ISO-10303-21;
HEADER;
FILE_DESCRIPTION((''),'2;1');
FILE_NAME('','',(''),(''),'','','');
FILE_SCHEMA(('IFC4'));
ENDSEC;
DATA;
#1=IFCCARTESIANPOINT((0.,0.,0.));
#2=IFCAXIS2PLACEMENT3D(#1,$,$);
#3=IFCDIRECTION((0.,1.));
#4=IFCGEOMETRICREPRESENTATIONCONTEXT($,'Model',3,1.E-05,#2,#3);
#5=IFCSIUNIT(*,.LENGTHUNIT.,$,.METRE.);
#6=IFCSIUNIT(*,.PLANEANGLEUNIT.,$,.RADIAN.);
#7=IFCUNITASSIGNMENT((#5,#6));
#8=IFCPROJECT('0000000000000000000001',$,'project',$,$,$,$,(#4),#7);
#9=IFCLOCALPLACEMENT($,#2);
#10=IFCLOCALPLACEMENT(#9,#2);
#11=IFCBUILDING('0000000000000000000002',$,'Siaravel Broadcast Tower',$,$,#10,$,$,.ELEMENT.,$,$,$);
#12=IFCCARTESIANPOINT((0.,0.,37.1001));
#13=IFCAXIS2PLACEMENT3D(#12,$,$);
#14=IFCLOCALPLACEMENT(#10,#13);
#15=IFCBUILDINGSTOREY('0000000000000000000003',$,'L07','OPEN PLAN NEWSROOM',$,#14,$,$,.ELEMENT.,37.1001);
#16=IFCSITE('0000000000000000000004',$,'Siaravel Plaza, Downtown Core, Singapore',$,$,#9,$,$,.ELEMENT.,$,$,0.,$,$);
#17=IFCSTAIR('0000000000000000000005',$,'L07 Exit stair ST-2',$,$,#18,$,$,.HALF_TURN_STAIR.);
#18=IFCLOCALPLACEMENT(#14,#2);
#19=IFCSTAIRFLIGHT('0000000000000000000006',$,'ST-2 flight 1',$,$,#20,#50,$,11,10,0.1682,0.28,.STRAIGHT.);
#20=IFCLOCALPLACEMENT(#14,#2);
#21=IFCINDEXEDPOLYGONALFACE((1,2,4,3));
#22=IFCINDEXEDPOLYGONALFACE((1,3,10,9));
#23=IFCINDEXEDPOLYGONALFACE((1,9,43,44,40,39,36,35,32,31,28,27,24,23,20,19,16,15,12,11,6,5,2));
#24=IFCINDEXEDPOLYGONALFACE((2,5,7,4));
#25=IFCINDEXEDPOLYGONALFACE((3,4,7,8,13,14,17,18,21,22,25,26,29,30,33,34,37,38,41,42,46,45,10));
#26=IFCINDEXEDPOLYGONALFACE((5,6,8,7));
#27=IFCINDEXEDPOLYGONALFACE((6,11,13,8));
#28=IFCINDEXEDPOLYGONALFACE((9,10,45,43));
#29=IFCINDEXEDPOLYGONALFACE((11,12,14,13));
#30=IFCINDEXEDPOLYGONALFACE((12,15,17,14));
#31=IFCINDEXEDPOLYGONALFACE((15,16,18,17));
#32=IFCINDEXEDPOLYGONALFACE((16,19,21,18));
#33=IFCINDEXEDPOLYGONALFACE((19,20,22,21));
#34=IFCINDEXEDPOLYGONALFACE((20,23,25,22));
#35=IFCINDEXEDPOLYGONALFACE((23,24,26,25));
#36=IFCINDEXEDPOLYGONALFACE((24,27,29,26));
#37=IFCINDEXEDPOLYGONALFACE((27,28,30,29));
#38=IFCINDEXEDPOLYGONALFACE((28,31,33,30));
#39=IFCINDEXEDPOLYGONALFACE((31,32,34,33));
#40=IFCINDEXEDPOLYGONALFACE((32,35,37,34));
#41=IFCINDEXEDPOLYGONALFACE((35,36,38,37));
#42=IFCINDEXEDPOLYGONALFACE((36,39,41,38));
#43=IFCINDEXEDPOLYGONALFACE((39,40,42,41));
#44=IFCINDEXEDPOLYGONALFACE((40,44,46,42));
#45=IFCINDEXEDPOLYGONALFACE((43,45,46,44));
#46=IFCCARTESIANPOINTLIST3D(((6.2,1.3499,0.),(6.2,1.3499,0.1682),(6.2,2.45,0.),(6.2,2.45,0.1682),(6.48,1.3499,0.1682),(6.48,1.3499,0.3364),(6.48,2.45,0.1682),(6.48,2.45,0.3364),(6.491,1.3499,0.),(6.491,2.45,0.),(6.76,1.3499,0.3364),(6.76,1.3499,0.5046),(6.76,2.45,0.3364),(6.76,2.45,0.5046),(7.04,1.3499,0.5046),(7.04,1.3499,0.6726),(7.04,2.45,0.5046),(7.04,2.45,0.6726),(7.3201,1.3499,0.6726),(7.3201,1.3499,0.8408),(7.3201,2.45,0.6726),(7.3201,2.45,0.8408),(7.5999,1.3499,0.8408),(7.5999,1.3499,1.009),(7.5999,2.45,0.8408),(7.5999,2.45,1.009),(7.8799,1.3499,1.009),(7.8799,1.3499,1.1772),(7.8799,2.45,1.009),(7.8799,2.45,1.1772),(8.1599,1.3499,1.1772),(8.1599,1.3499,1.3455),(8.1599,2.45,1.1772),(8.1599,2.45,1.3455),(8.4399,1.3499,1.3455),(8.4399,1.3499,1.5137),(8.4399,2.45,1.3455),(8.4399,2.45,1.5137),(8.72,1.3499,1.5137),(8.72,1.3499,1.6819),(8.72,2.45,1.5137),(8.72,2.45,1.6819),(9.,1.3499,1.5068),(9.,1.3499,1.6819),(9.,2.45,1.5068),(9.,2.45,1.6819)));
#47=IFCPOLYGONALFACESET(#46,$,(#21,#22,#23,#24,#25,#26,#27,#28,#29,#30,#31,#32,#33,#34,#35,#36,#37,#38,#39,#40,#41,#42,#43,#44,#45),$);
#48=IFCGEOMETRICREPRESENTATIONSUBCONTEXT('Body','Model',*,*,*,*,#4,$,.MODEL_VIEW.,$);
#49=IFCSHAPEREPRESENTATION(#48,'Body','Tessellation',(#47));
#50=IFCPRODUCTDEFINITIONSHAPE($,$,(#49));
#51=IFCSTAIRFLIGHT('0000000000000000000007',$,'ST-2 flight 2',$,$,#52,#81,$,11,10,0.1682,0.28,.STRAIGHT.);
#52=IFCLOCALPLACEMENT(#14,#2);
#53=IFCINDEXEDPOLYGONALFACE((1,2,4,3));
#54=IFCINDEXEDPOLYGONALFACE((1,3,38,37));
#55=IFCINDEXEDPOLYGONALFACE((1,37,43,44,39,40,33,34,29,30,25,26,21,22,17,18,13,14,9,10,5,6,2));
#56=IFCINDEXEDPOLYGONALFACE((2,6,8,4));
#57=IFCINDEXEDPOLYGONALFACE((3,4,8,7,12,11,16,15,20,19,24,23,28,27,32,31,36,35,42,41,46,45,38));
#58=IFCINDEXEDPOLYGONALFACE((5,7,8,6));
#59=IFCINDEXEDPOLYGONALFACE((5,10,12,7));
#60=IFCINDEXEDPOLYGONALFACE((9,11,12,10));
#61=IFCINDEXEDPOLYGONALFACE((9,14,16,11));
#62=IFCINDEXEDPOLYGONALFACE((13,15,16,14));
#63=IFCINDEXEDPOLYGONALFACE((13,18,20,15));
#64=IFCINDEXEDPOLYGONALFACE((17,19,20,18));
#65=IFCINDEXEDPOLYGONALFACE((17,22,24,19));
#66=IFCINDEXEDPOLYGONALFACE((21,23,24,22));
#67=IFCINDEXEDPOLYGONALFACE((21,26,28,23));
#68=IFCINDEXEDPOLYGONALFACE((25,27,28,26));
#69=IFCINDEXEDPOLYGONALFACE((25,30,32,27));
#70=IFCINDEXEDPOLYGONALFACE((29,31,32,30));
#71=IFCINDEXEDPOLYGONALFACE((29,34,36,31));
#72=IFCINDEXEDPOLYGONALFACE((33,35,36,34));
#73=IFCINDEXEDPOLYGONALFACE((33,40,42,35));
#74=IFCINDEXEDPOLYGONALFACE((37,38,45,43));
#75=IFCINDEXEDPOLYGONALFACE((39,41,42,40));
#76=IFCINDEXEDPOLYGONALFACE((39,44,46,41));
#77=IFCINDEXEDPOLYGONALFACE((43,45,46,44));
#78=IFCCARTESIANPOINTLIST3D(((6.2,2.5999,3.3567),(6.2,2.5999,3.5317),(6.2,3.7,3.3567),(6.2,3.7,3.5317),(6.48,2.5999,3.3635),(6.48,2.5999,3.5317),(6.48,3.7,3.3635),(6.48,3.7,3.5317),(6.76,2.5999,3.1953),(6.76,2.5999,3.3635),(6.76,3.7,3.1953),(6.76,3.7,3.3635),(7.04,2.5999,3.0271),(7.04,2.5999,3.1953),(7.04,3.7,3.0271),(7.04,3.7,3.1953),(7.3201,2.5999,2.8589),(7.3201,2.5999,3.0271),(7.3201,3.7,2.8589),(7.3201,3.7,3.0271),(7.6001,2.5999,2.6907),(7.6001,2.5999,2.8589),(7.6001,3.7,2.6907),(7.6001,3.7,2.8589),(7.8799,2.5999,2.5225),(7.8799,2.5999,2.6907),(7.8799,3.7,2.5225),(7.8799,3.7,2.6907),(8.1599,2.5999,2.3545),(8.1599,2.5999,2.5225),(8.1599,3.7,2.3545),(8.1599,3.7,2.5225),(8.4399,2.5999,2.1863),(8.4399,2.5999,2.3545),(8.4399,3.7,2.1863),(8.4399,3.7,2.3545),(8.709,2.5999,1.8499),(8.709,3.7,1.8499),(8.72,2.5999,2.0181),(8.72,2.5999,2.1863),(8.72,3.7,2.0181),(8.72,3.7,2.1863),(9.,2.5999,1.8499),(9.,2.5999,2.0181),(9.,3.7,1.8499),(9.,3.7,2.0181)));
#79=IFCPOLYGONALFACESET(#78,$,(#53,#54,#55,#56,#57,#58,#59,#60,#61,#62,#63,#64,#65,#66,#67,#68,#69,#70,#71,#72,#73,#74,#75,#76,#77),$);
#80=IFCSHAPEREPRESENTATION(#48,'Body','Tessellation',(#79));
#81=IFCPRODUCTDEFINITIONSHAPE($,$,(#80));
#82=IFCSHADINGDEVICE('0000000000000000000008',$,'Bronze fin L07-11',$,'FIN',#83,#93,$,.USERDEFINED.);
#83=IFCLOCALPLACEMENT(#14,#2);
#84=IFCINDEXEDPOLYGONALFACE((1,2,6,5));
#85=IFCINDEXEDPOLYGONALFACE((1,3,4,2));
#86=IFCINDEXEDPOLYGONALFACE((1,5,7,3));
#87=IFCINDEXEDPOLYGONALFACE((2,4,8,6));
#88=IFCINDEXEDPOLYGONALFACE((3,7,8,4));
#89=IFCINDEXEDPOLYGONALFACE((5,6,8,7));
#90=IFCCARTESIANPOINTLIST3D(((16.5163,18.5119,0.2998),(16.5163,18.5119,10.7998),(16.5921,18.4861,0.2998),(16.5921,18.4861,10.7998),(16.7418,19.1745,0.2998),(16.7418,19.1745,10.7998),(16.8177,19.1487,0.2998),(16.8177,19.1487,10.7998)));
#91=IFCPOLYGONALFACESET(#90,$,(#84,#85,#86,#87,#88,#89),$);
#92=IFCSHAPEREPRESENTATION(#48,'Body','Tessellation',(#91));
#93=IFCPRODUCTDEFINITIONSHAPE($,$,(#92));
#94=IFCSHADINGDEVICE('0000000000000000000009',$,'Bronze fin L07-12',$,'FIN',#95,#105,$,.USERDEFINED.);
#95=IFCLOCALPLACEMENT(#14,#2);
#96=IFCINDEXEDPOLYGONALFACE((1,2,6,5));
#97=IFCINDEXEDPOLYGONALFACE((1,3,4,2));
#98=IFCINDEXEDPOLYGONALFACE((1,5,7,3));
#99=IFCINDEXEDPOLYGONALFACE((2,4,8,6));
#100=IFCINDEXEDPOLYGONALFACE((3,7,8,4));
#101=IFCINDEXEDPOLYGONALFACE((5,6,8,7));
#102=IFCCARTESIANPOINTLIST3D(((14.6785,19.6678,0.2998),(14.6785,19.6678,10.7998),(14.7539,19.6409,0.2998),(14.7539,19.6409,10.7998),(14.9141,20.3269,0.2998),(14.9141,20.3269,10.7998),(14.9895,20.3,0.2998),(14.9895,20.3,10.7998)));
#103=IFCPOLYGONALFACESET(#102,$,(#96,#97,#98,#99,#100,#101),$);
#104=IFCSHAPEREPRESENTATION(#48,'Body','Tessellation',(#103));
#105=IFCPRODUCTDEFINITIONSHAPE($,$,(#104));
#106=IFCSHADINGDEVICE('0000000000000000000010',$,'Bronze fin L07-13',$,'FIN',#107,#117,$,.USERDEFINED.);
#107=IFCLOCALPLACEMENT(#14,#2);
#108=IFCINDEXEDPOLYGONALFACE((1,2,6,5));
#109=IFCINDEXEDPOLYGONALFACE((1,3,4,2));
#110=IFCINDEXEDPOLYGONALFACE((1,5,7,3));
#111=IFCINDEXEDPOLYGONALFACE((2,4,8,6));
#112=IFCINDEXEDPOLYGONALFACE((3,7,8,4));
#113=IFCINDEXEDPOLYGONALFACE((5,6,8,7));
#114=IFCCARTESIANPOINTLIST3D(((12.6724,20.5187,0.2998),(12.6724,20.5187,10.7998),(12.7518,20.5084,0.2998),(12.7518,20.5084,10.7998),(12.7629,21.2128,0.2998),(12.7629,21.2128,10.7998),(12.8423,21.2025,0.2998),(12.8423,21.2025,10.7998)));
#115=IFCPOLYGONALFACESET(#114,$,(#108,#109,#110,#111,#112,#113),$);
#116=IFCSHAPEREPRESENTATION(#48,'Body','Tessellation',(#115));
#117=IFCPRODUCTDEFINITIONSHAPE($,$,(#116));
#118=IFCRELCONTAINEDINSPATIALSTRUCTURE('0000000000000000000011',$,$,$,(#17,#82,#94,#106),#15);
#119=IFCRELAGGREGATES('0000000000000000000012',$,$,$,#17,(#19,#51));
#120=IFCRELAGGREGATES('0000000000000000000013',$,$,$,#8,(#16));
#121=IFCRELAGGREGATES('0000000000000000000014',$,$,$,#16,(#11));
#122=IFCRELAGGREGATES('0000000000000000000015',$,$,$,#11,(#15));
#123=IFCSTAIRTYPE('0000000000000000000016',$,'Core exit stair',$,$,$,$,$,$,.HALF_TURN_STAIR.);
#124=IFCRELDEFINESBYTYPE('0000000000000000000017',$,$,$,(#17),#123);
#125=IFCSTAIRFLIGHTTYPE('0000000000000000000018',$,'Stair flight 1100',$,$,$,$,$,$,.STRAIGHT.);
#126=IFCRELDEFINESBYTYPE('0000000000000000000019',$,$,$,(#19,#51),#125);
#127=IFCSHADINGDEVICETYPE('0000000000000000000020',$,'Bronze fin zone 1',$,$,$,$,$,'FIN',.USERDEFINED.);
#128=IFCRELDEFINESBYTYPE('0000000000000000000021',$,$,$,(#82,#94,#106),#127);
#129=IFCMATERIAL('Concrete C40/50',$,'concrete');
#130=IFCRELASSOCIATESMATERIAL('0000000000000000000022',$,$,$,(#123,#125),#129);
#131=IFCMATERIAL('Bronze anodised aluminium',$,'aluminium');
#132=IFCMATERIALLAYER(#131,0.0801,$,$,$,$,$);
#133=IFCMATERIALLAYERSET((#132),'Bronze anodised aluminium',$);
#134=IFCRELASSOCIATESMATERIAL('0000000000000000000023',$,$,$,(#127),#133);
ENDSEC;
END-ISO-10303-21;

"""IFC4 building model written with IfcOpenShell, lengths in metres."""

from ifc_helpers import new_model, si_unit, direction, frame, origin, origin_2d, place, context, subcontext, project, spatial, polyline, rectangle, outline, extrude, material, layer, layer_set, type_object, element, aggregate, save


model = new_model("IFC4")

# Units and contexts
model_context = context("Model", 3, precision=1e-05, world=origin(), true_north=direction((0.0, 1.0)))
body_context = subcontext(model_context, "Body", "Model", "MODEL_VIEW")
ifc_project = project(units=[si_unit("LENGTHUNIT", "METRE"), si_unit("PLANEANGLEUNIT", "RADIAN")], contexts=[model_context])

# Site, building, storey
site_placement = place(None, origin())
site = spatial("IfcSite", under=ifc_project, at=site_placement, Name="Siaravel Plaza, Downtown Core, Singapore", CompositionType="ELEMENT", RefElevation=0.0)
building_placement = place(site_placement, origin())
building = spatial("IfcBuilding", under=site, at=building_placement, Name="Siaravel Broadcast Tower", CompositionType="ELEMENT")
storey_placement = place(building_placement, frame((0.0, 0.0, 37.1001)))
storey = spatial("IfcBuildingStorey", under=building, at=storey_placement, Name="L07", Description="OPEN PLAN NEWSROOM", CompositionType="ELEMENT", Elevation=37.1001)

# Stair, stair flights
ifc_material_1 = material(Name="Concrete C40/50", Category="concrete")
stair_type = type_object("IfcStairType", Name="Core exit stair", PredefinedType="HALF_TURN_STAIR", material=ifc_material_1)
stair_placement = place(storey_placement, origin())
stair = element("IfcStair", 1, at=stair_placement, inside=storey, type_object=stair_type, Name="L07 Exit stair ST-2", PredefinedType="HALF_TURN_STAIR")
stair_flight_type = type_object("IfcStairFlightType", Name="Stair flight 1100", PredefinedType="STRAIGHT", material=ifc_material_1)
stair_flight_1_placement = place(storey_placement, frame((6.2, 1.8999, 0.0), z_axis=(0.0, 0.0, 1.0), x_axis=(1.0, 0.0, 0.0)))
stair_flight_1 = element("IfcStairFlight", 2, at=stair_flight_1_placement, type_object=stair_flight_type, Name="ST-2 flight 1", NumberOfRisers=11, NumberOfTreads=10, PredefinedType="STRAIGHT", RiserHeight=0.1682, TreadLength=0.28, context=body_context, shape_type="SweptSolid", body=[
    extrude(outline(polyline([(0.0, 0.0), (0.0, 0.1682), (0.28, 0.1682), (0.28, 0.3364), (0.5601, 0.3364), (0.5601, 0.5046), (0.8401, 0.5046), (0.8401, 0.6726), (1.1201, 0.6726), (1.1201, 0.8408), (1.3999, 0.8408), (1.3999, 1.009), (1.6799, 1.009), (1.6799, 1.1772), (1.96, 1.1772), (1.96, 1.3455), (2.24, 1.3455), (2.24, 1.5137), (2.52, 1.5137), (2.52, 1.6819), (2.8, 1.6819), (2.8, 1.8501), (2.8, 1.5068), (0.291, 0.0), (0.0, 0.0)])), frame((0.0, 0.55, 0.0), z_axis=(0.0, -1.0, 0.0), x_axis=(1.0, 0.0, 0.0)), (0.0, 0.0, 1.0), 1.1001),
])
stair_flight_2_placement = place(storey_placement, frame((9.0, 3.1499, 1.8499), z_axis=(0.0, 0.0, 1.0), x_axis=(-1.0, 0.0, 0.0)))
stair_flight_2 = element("IfcStairFlight", 3, at=stair_flight_2_placement, type_object=stair_flight_type, Name="ST-2 flight 2", NumberOfRisers=11, NumberOfTreads=10, PredefinedType="STRAIGHT", RiserHeight=0.1682, TreadLength=0.28, context=body_context, shape_type="SweptSolid", body=[
    extrude(outline(polyline([(0.0, 0.0), (0.0, 0.1682), (0.28, 0.1682), (0.28, 0.3364), (0.5601, 0.3364), (0.5601, 0.5046), (0.8401, 0.5046), (0.8401, 0.6726), (1.1201, 0.6726), (1.1201, 0.8408), (1.3999, 0.8408), (1.3999, 1.009), (1.6799, 1.009), (1.6799, 1.1772), (1.96, 1.1772), (1.96, 1.3455), (2.24, 1.3455), (2.24, 1.5137), (2.52, 1.5137), (2.52, 1.6819), (2.8, 1.6819), (2.8, 1.8501), (2.8, 1.5068), (0.291, 0.0), (0.0, 0.0)])), frame((0.0, 0.55, 0.0), z_axis=(0.0, -1.0, 0.0), x_axis=(1.0, 0.0, 0.0)), (0.0, 0.0, 1.0), 1.1001),
])
aggregate(stair, [stair_flight_1, stair_flight_2])

# Shading devices
ifc_material_2 = material(Name="Bronze anodised aluminium", Category="aluminium")
ifc_layer_1 = layer(ifc_material_2, 0.0801)
ifc_layer_set_1 = layer_set([ifc_layer_1], Name="Bronze anodised aluminium")
shading_device_type = type_object("IfcShadingDeviceType", Name="Bronze fin zone 1", ElementType="FIN", PredefinedType="USERDEFINED", material=ifc_layer_set_1)
for number, where, z_axis, x_axis, name in (
    (4, (16.667, 18.8303, 0.2998), (0.0, 0.0, 1.0), (0.322176, 0.94668, 0.0), "Bronze fin L07-11"),
    (5, (14.834, 19.9839, 0.2998), (0.0, 0.0, 1.0), (0.336571, 0.941658, 0.0), "Bronze fin L07-12"),
    (6, (12.7573, 20.8606, 0.2998), (0.0, 0.0, 1.0), (0.129261, 0.991611, 0.0), "Bronze fin L07-13"),
):
    element("IfcShadingDevice", number, at=place(storey_placement, frame(where, z_axis=z_axis, x_axis=x_axis)), inside=storey, type_object=shading_device_type, Name=name, ObjectType="FIN", PredefinedType="USERDEFINED", context=body_context, shape_type="SweptSolid", body=[
        extrude(rectangle(XDim=0.7, YDim=0.0801, at=origin_2d()), origin(), (0.0, 0.0, 1.0), 10.5),
    ])

save(model, "model.ifc")
